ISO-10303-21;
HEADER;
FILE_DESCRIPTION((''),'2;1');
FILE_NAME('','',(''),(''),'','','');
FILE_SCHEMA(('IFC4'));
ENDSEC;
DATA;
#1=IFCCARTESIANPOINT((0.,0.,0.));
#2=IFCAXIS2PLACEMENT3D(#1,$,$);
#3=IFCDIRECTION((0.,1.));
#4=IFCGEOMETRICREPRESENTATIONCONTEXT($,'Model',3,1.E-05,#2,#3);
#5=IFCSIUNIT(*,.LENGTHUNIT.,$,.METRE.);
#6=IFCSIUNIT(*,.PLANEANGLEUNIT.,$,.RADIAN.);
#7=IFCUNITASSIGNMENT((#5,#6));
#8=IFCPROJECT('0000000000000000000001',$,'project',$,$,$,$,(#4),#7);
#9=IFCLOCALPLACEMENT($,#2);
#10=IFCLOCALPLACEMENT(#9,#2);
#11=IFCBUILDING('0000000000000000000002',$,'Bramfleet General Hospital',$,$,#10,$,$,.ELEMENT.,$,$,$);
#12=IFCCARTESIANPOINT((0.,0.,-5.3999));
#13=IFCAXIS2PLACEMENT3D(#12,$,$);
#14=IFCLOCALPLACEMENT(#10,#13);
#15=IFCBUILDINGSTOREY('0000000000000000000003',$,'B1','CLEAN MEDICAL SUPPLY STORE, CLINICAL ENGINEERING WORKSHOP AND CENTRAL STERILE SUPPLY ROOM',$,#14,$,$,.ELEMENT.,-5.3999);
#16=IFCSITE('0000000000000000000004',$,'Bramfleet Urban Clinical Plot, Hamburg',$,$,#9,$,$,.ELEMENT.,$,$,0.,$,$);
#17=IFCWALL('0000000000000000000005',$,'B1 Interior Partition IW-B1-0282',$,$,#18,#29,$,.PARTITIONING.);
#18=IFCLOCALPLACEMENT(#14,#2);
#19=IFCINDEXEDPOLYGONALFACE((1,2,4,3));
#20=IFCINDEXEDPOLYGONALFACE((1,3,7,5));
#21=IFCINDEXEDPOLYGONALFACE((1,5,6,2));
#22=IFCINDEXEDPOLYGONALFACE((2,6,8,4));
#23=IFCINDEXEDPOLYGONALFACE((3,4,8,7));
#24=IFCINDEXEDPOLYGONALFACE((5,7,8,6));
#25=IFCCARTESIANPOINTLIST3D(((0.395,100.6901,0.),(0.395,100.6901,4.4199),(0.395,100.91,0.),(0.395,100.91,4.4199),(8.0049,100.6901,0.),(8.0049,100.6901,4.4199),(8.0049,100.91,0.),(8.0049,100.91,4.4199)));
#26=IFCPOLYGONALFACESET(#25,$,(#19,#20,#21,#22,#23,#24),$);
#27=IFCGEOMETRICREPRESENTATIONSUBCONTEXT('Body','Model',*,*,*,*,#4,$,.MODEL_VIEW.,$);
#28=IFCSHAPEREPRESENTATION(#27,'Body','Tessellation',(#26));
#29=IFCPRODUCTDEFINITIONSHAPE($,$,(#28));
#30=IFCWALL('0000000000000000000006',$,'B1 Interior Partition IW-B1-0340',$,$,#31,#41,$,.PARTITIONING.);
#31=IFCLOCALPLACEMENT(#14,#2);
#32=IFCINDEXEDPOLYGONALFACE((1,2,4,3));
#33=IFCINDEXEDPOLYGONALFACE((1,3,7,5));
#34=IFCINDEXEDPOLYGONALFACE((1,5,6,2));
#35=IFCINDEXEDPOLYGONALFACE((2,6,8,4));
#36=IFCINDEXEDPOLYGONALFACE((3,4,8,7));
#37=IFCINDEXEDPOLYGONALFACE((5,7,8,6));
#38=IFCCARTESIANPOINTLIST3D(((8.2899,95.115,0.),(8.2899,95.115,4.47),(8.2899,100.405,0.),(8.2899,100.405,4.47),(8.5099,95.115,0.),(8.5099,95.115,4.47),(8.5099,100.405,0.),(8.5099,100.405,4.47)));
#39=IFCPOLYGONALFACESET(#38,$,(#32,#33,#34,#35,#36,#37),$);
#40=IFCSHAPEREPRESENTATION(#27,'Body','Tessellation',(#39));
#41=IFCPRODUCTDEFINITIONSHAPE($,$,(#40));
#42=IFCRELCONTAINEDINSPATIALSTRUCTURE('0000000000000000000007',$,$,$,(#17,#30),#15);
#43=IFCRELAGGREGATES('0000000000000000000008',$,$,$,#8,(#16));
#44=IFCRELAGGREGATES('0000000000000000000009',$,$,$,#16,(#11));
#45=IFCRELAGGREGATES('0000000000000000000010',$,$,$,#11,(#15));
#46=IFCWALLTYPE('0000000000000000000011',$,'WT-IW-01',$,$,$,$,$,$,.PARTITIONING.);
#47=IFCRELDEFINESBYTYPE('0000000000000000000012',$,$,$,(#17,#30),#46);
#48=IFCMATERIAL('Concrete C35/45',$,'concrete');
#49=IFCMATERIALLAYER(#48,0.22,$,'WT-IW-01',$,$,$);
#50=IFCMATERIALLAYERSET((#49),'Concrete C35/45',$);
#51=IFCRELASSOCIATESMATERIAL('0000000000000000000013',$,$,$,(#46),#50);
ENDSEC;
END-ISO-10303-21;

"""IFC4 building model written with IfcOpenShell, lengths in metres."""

from ifc_helpers import new_model, si_unit, direction, frame, frame_2d, origin, place, context, subcontext, project, spatial, rectangle, extrude, material, layer, layer_set, type_object, element, save


model = new_model("IFC4")

# Units and contexts
model_context = context("Model", 3, precision=1e-05, world=origin(), true_north=direction((0.0, 1.0)))
body_context = subcontext(model_context, "Body", "Model", "MODEL_VIEW")
ifc_project = project(units=[si_unit("LENGTHUNIT", "METRE"), si_unit("PLANEANGLEUNIT", "RADIAN")], contexts=[model_context])

# Site, building, storey
site_placement = place(None, origin())
site = spatial("IfcSite", under=ifc_project, at=site_placement, Name="Bramfleet Urban Clinical Plot, Hamburg", CompositionType="ELEMENT", RefElevation=0.0)
building_placement = place(site_placement, origin())
building = spatial("IfcBuilding", under=site, at=building_placement, Name="Bramfleet General Hospital", CompositionType="ELEMENT")
storey_placement = place(building_placement, frame((0.0, 0.0, -5.3999)))
storey = spatial("IfcBuildingStorey", under=building, at=storey_placement, Name="B1", Description="CLEAN MEDICAL SUPPLY STORE, CLINICAL ENGINEERING WORKSHOP AND CENTRAL STERILE SUPPLY ROOM", CompositionType="ELEMENT", Elevation=-5.3999)

# Shared definitions
ifc_material_1 = material(Name="Concrete C35/45", Category="concrete")

# Shared definitions
ifc_layer_1 = layer(ifc_material_1, 0.22, Name="WT-IW-01")
ifc_layer_set_1 = layer_set([ifc_layer_1], Name="Concrete C35/45")
wall_type_1 = type_object("IfcWallType", Name="WT-IW-01", PredefinedType="PARTITIONING", material=ifc_layer_set_1)

# Walls
wall_1_placement = place(storey_placement, frame((0.395, 100.8, 0.0), z_axis=(0.0, 0.0, 1.0), x_axis=(1.0, 0.0, 0.0)))
element("IfcWall", 1, at=wall_1_placement, inside=storey, type_object=wall_type_1, Name="B1 Interior Partition IW-B1-0282", PredefinedType="PARTITIONING", context=body_context, shape_type="SweptSolid", body=[
    extrude(rectangle(XDim=7.6099, YDim=0.22, at=frame_2d((3.8049, 0.0))), origin(), (0.0, 0.0, 1.0), 4.4199),
])
wall_2_placement = place(storey_placement, frame((8.3999, 95.115, 0.0), z_axis=(0.0, 0.0, 1.0), x_axis=(0.0, 1.0, 0.0)))
element("IfcWall", 2, at=wall_2_placement, inside=storey, type_object=wall_type_1, Name="B1 Interior Partition IW-B1-0340", PredefinedType="PARTITIONING", context=body_context, shape_type="SweptSolid", body=[
    extrude(rectangle(XDim=5.29, YDim=0.22, at=frame_2d((2.645, 0.0))), origin(), (0.0, 0.0, 1.0), 4.47),
])

save(model, "model.ifc")
